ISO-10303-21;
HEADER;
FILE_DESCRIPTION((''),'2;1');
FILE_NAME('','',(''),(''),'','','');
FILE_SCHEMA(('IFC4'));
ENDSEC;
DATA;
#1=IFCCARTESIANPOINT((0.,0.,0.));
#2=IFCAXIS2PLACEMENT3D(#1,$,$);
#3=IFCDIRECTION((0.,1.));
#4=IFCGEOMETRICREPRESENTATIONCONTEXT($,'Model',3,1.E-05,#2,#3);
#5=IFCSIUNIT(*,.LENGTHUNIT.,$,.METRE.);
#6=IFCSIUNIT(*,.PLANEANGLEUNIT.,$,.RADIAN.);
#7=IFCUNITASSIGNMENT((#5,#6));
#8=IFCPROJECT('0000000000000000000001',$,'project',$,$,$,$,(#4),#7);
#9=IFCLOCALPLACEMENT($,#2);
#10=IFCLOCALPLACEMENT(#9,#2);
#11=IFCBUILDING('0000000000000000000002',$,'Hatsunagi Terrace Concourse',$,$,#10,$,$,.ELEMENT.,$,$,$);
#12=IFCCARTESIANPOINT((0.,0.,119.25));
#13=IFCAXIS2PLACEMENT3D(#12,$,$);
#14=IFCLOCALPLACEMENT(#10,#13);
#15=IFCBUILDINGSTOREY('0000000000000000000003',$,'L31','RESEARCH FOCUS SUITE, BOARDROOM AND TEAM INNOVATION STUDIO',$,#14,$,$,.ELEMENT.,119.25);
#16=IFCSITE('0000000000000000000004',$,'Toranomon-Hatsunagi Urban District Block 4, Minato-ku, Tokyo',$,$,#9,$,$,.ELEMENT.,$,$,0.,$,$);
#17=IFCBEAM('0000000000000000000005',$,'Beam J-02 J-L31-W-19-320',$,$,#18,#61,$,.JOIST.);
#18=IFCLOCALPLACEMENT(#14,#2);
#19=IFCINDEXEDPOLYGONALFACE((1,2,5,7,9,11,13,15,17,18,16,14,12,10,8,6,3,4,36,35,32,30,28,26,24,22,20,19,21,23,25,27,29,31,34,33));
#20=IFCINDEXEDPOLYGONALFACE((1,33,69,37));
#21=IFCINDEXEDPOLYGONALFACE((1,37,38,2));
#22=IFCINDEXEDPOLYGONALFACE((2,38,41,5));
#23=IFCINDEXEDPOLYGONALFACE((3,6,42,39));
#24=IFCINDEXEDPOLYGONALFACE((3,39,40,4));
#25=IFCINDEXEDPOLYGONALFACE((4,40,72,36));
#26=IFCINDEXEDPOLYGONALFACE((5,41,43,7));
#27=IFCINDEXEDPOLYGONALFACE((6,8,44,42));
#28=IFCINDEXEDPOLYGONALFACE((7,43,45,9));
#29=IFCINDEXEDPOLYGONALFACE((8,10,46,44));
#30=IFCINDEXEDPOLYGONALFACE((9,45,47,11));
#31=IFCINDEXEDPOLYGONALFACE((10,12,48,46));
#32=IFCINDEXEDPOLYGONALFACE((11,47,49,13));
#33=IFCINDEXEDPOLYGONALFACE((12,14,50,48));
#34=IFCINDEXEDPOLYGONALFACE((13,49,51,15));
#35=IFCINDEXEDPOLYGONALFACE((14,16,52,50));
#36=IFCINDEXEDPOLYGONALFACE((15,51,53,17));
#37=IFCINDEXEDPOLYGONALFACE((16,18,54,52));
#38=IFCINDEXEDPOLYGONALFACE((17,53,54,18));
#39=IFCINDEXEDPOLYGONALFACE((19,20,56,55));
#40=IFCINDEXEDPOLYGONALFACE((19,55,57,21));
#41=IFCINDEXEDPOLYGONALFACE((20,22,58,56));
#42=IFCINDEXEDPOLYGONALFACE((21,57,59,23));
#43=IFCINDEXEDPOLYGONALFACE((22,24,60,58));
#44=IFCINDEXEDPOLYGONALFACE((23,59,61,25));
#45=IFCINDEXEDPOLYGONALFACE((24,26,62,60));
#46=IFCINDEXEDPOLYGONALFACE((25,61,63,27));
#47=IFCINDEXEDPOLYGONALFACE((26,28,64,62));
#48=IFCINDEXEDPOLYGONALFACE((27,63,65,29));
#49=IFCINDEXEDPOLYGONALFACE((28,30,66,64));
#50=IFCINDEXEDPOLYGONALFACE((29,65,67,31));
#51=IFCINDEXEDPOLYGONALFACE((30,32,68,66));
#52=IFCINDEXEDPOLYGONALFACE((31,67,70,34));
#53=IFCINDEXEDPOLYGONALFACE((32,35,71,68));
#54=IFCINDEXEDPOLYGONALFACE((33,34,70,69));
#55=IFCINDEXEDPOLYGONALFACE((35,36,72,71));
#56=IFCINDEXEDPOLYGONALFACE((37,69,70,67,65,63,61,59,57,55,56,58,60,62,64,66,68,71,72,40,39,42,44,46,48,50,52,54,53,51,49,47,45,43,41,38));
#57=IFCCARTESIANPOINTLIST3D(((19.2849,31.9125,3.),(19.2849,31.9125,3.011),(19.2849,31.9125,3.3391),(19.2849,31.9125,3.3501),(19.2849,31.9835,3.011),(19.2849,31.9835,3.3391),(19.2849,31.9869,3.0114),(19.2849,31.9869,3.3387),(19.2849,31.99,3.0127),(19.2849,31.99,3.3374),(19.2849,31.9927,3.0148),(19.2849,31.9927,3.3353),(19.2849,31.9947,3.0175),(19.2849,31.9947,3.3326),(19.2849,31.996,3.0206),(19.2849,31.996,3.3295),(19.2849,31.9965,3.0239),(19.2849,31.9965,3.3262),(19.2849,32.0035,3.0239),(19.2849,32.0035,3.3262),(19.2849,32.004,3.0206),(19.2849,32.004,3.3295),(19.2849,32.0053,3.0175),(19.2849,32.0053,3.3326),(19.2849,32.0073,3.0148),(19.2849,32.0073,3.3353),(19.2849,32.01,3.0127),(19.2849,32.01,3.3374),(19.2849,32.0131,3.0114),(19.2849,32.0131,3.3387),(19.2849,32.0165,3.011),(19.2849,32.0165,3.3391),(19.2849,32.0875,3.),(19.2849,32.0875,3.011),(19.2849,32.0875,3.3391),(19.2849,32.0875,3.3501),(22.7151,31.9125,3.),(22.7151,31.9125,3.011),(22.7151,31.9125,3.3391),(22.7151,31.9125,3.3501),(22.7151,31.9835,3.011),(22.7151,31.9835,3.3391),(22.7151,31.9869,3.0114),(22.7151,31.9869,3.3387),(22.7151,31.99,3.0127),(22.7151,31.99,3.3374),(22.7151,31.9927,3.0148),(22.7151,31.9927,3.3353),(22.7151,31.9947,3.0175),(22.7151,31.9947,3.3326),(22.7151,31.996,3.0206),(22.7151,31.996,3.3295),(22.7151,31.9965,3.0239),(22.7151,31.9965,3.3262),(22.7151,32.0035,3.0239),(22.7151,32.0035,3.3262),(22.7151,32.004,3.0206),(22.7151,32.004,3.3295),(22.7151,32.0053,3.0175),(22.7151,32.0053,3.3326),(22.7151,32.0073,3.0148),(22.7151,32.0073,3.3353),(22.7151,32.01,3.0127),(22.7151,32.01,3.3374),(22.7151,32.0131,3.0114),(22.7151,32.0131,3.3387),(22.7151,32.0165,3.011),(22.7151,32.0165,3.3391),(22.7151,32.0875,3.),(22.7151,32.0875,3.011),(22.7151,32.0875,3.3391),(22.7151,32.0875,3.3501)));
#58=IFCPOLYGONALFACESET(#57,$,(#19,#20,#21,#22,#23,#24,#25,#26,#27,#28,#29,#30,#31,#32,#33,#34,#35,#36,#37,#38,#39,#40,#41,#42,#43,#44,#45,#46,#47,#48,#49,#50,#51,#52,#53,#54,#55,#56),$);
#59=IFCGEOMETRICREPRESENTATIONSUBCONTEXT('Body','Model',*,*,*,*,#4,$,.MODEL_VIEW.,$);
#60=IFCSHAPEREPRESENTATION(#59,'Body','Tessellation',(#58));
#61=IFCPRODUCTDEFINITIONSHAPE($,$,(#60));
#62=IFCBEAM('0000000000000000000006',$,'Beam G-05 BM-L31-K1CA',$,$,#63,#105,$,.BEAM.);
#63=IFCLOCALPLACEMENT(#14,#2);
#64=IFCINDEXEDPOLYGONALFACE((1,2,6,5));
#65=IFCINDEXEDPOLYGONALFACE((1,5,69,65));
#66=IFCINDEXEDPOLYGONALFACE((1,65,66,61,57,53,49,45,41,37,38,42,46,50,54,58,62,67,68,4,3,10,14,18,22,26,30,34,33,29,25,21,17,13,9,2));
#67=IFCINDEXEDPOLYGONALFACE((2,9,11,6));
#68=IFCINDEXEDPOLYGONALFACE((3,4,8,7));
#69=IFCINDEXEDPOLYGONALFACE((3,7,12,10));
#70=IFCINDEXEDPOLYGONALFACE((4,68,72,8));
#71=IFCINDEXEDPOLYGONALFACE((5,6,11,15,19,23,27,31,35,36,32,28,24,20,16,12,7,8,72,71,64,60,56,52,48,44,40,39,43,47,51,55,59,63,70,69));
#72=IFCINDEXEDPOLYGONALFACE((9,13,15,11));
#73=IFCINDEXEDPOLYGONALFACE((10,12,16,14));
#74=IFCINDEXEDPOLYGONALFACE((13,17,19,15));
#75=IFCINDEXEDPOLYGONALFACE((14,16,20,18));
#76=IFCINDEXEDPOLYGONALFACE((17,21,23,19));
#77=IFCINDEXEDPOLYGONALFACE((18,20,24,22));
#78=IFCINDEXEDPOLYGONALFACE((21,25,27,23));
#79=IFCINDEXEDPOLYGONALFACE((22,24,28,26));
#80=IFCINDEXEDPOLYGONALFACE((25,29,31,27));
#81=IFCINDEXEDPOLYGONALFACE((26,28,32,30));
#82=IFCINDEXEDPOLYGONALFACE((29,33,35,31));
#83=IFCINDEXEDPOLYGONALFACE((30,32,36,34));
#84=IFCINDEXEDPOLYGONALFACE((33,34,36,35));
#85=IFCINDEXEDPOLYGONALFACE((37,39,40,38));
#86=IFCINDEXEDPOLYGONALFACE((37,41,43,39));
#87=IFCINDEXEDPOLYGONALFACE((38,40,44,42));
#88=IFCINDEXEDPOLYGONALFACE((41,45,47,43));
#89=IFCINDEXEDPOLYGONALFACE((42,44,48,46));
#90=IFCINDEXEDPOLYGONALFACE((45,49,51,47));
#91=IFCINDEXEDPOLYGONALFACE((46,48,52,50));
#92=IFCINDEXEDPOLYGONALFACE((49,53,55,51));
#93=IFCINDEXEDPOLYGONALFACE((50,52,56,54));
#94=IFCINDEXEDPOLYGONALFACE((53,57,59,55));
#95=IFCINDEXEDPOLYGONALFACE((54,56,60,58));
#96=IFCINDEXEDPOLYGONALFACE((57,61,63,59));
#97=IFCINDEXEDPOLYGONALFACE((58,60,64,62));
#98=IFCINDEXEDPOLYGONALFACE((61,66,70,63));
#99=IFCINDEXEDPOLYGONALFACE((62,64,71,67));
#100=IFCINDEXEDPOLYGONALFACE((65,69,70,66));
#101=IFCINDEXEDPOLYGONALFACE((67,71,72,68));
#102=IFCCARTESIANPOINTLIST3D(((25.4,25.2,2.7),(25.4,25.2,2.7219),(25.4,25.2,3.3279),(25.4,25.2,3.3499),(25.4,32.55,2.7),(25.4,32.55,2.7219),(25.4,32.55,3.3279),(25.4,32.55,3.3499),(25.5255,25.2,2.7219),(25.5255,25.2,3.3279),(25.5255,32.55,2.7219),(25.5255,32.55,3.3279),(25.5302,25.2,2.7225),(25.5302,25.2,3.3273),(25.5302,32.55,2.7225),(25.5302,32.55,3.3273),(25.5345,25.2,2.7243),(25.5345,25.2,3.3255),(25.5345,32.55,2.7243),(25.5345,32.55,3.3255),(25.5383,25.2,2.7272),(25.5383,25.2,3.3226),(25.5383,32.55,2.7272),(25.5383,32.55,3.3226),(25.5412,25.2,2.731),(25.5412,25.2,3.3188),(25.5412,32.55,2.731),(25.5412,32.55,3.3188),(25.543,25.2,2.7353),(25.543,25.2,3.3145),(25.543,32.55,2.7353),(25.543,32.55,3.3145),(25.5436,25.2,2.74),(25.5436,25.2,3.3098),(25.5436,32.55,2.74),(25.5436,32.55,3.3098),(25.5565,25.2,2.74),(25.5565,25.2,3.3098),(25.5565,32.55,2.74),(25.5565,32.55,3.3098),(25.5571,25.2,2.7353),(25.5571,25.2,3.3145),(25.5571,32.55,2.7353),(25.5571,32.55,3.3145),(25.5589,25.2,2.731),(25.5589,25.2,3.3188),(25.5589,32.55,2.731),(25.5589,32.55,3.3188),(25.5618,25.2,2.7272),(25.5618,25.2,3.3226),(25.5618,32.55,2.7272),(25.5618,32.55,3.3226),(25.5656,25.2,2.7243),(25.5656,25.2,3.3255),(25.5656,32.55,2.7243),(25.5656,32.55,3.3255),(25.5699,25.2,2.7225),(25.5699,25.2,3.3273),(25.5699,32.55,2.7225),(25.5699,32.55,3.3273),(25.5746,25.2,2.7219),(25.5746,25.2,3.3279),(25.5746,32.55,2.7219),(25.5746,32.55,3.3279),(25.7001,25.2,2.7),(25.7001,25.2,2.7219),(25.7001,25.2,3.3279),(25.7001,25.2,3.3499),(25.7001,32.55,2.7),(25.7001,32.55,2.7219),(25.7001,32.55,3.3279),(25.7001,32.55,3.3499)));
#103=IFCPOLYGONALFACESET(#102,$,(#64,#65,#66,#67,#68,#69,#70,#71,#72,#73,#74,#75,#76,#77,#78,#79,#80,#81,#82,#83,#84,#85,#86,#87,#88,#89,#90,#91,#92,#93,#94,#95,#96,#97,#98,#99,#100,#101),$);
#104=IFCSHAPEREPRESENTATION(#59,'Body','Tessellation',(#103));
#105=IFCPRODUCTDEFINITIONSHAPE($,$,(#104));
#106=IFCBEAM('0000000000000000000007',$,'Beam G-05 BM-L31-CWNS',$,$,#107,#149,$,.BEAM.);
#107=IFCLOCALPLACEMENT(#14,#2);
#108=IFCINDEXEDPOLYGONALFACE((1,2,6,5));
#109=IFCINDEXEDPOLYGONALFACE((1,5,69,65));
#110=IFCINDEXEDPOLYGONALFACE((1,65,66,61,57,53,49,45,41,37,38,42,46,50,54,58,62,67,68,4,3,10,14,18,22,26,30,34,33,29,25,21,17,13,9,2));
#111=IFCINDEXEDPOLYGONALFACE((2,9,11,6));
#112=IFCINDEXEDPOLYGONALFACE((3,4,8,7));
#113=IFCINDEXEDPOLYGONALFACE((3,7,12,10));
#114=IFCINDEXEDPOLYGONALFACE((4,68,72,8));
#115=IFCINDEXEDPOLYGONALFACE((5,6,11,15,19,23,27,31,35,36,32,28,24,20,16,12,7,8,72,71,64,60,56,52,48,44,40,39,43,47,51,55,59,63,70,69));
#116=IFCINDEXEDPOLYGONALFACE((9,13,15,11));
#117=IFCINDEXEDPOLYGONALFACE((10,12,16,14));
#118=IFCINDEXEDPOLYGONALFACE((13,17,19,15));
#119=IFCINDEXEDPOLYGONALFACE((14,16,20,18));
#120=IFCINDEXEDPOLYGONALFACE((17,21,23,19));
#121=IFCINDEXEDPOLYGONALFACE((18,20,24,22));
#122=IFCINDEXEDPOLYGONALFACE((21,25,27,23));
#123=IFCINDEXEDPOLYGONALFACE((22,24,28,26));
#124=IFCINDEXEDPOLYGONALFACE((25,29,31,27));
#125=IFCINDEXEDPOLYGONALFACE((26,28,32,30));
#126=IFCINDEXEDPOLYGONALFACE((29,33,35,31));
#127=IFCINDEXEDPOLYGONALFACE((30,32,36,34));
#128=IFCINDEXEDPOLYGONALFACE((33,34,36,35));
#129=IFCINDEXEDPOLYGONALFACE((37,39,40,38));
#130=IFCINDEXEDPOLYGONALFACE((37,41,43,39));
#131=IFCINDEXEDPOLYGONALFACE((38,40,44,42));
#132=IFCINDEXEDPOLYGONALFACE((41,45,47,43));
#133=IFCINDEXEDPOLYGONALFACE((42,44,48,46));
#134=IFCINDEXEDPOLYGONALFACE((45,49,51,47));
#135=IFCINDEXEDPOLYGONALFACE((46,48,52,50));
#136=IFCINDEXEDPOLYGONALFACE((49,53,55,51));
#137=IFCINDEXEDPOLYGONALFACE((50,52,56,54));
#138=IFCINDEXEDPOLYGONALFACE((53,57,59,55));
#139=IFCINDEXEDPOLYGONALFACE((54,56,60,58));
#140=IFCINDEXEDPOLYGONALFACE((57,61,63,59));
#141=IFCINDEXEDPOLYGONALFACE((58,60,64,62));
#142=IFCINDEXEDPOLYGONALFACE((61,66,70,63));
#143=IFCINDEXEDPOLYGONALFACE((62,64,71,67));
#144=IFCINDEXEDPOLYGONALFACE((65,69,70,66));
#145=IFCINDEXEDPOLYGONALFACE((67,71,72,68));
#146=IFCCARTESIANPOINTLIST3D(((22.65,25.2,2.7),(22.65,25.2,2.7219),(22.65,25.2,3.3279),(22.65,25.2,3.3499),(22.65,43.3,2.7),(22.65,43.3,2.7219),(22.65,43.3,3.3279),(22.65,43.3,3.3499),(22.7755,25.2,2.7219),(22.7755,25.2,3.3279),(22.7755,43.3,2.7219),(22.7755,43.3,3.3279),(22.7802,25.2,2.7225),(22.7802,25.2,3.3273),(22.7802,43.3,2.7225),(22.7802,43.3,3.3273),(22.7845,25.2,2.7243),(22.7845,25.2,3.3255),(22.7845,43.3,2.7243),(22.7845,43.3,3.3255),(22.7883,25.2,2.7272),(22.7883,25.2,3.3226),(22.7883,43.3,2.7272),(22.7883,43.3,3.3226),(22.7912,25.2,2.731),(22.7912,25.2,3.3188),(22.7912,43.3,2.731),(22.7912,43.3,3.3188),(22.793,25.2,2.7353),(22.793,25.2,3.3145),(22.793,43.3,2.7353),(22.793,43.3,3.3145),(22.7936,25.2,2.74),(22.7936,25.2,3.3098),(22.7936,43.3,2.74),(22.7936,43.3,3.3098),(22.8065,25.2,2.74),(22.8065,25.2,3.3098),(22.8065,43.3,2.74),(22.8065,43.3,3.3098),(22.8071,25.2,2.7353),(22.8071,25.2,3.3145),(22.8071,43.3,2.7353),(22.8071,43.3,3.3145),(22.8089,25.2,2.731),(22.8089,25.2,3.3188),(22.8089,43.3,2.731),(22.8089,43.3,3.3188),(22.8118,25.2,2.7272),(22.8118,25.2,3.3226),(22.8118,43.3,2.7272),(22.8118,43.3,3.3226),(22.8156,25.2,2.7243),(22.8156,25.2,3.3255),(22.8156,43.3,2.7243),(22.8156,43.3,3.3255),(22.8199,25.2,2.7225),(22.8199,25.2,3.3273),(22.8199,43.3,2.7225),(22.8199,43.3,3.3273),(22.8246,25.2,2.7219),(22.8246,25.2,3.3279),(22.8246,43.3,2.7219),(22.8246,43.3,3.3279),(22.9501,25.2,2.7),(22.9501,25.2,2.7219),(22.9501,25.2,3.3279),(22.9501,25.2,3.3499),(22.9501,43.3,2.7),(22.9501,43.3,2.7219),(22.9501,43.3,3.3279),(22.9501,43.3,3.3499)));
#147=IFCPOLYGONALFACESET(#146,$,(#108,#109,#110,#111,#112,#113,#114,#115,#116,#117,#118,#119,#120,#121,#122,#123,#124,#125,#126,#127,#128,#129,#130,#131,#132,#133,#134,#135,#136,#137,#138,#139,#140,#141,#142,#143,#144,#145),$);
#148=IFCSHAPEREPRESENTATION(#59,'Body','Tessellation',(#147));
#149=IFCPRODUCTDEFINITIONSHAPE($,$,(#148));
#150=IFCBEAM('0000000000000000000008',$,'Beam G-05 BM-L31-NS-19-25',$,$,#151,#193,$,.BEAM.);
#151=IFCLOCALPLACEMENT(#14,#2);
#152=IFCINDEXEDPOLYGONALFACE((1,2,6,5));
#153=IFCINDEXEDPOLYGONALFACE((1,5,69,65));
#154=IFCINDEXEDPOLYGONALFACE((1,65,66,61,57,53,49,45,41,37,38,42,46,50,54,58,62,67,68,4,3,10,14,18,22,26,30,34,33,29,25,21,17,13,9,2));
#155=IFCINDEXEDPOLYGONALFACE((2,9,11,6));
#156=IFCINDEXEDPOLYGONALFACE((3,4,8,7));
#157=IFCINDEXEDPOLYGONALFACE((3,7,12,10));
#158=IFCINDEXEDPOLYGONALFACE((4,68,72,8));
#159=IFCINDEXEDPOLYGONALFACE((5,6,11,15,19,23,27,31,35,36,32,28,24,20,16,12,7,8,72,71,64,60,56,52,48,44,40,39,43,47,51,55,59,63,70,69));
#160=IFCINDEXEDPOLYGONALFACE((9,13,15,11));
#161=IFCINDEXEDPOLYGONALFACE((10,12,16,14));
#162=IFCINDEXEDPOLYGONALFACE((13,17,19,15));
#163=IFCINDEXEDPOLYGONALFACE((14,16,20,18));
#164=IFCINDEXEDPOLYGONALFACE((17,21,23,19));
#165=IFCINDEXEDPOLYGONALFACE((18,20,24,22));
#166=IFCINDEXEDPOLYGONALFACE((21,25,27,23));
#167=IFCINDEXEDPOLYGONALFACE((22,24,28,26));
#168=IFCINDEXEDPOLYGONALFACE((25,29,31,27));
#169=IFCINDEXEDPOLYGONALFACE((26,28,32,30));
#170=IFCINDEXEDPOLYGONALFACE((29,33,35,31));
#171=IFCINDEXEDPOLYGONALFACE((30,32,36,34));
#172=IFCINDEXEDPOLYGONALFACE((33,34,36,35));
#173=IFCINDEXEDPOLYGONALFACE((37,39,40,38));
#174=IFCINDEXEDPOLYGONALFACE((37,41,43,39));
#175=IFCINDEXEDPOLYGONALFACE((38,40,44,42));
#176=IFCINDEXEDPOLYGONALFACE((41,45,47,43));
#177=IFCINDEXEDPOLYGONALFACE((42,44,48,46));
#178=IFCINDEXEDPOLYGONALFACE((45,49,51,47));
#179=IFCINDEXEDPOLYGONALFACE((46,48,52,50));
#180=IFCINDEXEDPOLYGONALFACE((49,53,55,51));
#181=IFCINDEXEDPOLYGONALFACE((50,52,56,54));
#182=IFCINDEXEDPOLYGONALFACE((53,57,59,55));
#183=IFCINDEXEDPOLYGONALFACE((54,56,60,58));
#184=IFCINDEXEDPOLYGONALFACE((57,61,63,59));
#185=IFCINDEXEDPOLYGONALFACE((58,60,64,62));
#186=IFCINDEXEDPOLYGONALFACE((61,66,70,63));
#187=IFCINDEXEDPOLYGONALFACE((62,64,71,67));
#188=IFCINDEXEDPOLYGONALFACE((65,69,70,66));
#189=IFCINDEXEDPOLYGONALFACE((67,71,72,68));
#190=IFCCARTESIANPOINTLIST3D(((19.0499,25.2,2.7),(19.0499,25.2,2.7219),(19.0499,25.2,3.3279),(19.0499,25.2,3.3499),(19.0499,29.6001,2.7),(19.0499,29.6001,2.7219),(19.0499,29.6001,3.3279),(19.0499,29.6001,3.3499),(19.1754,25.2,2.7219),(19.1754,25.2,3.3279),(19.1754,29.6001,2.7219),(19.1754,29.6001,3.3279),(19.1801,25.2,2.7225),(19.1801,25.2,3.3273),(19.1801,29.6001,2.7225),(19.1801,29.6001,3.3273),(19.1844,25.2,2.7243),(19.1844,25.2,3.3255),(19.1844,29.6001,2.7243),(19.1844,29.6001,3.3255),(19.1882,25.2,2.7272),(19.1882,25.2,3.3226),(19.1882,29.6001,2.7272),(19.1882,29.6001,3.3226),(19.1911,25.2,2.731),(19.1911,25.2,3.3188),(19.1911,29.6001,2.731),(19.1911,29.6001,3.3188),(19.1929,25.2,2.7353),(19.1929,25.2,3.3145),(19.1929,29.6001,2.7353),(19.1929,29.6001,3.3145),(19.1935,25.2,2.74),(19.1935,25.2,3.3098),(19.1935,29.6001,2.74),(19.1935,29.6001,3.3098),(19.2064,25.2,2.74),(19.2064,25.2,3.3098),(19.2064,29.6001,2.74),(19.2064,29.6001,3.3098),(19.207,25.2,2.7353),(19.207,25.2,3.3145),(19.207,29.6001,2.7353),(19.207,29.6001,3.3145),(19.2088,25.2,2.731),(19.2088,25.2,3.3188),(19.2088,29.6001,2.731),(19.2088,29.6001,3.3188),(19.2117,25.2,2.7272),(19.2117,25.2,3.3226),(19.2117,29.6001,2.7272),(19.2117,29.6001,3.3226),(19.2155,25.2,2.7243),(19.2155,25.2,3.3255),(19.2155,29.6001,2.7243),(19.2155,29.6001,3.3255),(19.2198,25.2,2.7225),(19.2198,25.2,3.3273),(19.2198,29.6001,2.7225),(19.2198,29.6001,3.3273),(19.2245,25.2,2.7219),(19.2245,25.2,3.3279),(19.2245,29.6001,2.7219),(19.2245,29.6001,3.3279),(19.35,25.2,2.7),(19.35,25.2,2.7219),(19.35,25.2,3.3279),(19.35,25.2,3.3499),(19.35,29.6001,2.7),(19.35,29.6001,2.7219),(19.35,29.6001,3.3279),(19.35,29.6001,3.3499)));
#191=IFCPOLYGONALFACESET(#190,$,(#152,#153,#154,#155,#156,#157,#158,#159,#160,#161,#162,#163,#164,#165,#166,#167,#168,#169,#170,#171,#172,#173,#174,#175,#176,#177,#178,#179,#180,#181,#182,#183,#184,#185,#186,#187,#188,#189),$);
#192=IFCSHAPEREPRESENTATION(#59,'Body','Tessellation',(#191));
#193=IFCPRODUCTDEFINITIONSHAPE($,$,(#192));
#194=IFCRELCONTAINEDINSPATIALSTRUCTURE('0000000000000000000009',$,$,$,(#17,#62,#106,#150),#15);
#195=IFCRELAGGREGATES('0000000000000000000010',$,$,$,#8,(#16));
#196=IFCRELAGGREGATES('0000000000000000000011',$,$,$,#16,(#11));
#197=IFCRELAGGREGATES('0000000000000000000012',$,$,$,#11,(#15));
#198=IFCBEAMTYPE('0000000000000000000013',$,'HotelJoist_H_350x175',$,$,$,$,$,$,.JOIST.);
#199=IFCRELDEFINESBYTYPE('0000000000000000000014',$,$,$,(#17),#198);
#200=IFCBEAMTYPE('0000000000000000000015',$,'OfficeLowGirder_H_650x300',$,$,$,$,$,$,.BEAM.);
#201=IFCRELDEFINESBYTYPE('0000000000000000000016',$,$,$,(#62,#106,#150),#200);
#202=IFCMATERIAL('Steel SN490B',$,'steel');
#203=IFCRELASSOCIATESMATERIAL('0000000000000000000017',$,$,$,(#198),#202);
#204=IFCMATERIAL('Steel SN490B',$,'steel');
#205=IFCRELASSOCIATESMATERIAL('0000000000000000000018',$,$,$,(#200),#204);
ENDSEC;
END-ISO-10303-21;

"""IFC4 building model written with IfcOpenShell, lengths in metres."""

from ifc_helpers import new_model, si_unit, direction, frame, origin, origin_2d, place, context, subcontext, project, spatial, i_section, extrude, material, material_profile, profile_set, type_object, element, save


model = new_model("IFC4")

# Units and contexts
model_context = context("Model", 3, precision=1e-05, world=origin(), true_north=direction((0.0, 1.0)))
body_context = subcontext(model_context, "Body", "Model", "MODEL_VIEW")
ifc_project = project(units=[si_unit("LENGTHUNIT", "METRE"), si_unit("PLANEANGLEUNIT", "RADIAN")], contexts=[model_context])

# Site, building, storey
site_placement = place(None, origin())
site = spatial("IfcSite", under=ifc_project, at=site_placement, Name="Toranomon-Hatsunagi Urban District Block 4, Minato-ku, Tokyo", CompositionType="ELEMENT", RefElevation=0.0)
building_placement = place(site_placement, origin())
building = spatial("IfcBuilding", under=site, at=building_placement, Name="Hatsunagi Terrace Concourse", CompositionType="ELEMENT")
storey_placement = place(building_placement, frame((0.0, 0.0, 119.25)))
storey = spatial("IfcBuildingStorey", under=building, at=storey_placement, Name="L31", Description="RESEARCH FOCUS SUITE, BOARDROOM AND TEAM INNOVATION STUDIO", CompositionType="ELEMENT", Elevation=119.25)

# Beams
ifc_material_1 = material(Name="Steel SN490B", Category="steel")
ifc_material_profile_1 = material_profile(ifc_material_1, i_section(OverallWidth=0.175, OverallDepth=0.3501, WebThickness=0.0071, FlangeThickness=0.011, FilletRadius=0.0129, at=origin_2d()), Name="H-350x175x7x11")
ifc_profile_set_1 = profile_set([ifc_material_profile_1], Name="Steel SN490B")
beam_type_1 = type_object("IfcBeamType", Name="HotelJoist_H_350x175", PredefinedType="JOIST", material=ifc_profile_set_1)
for number, where, z_axis, x_axis, name in (
    (1, (19.2849, 32.0, 3.175), (1.0, 0.0, 0.0), (0.0, 1.0, 0.0), "Beam J-02 J-L31-W-19-320"),
):
    element("IfcBeam", number, at=place(storey_placement, frame(where, z_axis=z_axis, x_axis=x_axis)), inside=storey, type_object=beam_type_1, Name=name, PredefinedType="JOIST", context=body_context, shape_type="SweptSolid", body=[
        extrude(i_section(OverallWidth=0.175, OverallDepth=0.3501, WebThickness=0.0071, FlangeThickness=0.011, FilletRadius=0.0129, at=origin_2d()), origin(), (0.0, 0.0, 1.0), 3.4302),
    ])
ifc_material_2 = material(Name="Steel SN490B", Category="steel")
ifc_material_profile_2 = material_profile(ifc_material_2, i_section(OverallWidth=0.3, OverallDepth=0.6499, WebThickness=0.0129, FlangeThickness=0.022, FilletRadius=0.0181, at=origin_2d()), Name="H-650x300x13x22")
ifc_profile_set_2 = profile_set([ifc_material_profile_2], Name="Steel SN490B")
beam_type_2 = type_object("IfcBeamType", Name="OfficeLowGirder_H_650x300", PredefinedType="BEAM", material=ifc_profile_set_2)
beam_1_placement = place(storey_placement, frame((25.55, 25.2, 3.0249), z_axis=(0.0, 1.0, 0.0), x_axis=(-1.0, 0.0, 0.0)))
element("IfcBeam", 2, at=beam_1_placement, inside=storey, type_object=beam_type_2, Name="Beam G-05 BM-L31-K1CA", PredefinedType="BEAM", context=body_context, shape_type="SweptSolid", body=[
    extrude(i_section(OverallWidth=0.3, OverallDepth=0.6499, WebThickness=0.0129, FlangeThickness=0.022, FilletRadius=0.0181, at=origin_2d()), origin(), (0.0, 0.0, 1.0), 7.3501),
])
beam_2_placement = place(storey_placement, frame((22.8, 25.2, 3.0249), z_axis=(0.0, 1.0, 0.0), x_axis=(-1.0, 0.0, 0.0)))
element("IfcBeam", 3, at=beam_2_placement, inside=storey, type_object=beam_type_2, Name="Beam G-05 BM-L31-CWNS", PredefinedType="BEAM", context=body_context, shape_type="SweptSolid", body=[
    extrude(i_section(OverallWidth=0.3, OverallDepth=0.6499, WebThickness=0.0129, FlangeThickness=0.022, FilletRadius=0.0181, at=origin_2d()), origin(), (0.0, 0.0, 1.0), 18.1001),
])
beam_3_placement = place(storey_placement, frame((19.2, 25.2, 3.0249), z_axis=(0.0, 1.0, 0.0), x_axis=(-1.0, 0.0, 0.0)))
element("IfcBeam", 4, at=beam_3_placement, inside=storey, type_object=beam_type_2, Name="Beam G-05 BM-L31-NS-19-25", PredefinedType="BEAM", context=body_context, shape_type="SweptSolid", body=[
    extrude(i_section(OverallWidth=0.3, OverallDepth=0.6499, WebThickness=0.0129, FlangeThickness=0.022, FilletRadius=0.0181, at=origin_2d()), origin(), (0.0, 0.0, 1.0), 4.4001),
])

save(model, "model.ifc")
